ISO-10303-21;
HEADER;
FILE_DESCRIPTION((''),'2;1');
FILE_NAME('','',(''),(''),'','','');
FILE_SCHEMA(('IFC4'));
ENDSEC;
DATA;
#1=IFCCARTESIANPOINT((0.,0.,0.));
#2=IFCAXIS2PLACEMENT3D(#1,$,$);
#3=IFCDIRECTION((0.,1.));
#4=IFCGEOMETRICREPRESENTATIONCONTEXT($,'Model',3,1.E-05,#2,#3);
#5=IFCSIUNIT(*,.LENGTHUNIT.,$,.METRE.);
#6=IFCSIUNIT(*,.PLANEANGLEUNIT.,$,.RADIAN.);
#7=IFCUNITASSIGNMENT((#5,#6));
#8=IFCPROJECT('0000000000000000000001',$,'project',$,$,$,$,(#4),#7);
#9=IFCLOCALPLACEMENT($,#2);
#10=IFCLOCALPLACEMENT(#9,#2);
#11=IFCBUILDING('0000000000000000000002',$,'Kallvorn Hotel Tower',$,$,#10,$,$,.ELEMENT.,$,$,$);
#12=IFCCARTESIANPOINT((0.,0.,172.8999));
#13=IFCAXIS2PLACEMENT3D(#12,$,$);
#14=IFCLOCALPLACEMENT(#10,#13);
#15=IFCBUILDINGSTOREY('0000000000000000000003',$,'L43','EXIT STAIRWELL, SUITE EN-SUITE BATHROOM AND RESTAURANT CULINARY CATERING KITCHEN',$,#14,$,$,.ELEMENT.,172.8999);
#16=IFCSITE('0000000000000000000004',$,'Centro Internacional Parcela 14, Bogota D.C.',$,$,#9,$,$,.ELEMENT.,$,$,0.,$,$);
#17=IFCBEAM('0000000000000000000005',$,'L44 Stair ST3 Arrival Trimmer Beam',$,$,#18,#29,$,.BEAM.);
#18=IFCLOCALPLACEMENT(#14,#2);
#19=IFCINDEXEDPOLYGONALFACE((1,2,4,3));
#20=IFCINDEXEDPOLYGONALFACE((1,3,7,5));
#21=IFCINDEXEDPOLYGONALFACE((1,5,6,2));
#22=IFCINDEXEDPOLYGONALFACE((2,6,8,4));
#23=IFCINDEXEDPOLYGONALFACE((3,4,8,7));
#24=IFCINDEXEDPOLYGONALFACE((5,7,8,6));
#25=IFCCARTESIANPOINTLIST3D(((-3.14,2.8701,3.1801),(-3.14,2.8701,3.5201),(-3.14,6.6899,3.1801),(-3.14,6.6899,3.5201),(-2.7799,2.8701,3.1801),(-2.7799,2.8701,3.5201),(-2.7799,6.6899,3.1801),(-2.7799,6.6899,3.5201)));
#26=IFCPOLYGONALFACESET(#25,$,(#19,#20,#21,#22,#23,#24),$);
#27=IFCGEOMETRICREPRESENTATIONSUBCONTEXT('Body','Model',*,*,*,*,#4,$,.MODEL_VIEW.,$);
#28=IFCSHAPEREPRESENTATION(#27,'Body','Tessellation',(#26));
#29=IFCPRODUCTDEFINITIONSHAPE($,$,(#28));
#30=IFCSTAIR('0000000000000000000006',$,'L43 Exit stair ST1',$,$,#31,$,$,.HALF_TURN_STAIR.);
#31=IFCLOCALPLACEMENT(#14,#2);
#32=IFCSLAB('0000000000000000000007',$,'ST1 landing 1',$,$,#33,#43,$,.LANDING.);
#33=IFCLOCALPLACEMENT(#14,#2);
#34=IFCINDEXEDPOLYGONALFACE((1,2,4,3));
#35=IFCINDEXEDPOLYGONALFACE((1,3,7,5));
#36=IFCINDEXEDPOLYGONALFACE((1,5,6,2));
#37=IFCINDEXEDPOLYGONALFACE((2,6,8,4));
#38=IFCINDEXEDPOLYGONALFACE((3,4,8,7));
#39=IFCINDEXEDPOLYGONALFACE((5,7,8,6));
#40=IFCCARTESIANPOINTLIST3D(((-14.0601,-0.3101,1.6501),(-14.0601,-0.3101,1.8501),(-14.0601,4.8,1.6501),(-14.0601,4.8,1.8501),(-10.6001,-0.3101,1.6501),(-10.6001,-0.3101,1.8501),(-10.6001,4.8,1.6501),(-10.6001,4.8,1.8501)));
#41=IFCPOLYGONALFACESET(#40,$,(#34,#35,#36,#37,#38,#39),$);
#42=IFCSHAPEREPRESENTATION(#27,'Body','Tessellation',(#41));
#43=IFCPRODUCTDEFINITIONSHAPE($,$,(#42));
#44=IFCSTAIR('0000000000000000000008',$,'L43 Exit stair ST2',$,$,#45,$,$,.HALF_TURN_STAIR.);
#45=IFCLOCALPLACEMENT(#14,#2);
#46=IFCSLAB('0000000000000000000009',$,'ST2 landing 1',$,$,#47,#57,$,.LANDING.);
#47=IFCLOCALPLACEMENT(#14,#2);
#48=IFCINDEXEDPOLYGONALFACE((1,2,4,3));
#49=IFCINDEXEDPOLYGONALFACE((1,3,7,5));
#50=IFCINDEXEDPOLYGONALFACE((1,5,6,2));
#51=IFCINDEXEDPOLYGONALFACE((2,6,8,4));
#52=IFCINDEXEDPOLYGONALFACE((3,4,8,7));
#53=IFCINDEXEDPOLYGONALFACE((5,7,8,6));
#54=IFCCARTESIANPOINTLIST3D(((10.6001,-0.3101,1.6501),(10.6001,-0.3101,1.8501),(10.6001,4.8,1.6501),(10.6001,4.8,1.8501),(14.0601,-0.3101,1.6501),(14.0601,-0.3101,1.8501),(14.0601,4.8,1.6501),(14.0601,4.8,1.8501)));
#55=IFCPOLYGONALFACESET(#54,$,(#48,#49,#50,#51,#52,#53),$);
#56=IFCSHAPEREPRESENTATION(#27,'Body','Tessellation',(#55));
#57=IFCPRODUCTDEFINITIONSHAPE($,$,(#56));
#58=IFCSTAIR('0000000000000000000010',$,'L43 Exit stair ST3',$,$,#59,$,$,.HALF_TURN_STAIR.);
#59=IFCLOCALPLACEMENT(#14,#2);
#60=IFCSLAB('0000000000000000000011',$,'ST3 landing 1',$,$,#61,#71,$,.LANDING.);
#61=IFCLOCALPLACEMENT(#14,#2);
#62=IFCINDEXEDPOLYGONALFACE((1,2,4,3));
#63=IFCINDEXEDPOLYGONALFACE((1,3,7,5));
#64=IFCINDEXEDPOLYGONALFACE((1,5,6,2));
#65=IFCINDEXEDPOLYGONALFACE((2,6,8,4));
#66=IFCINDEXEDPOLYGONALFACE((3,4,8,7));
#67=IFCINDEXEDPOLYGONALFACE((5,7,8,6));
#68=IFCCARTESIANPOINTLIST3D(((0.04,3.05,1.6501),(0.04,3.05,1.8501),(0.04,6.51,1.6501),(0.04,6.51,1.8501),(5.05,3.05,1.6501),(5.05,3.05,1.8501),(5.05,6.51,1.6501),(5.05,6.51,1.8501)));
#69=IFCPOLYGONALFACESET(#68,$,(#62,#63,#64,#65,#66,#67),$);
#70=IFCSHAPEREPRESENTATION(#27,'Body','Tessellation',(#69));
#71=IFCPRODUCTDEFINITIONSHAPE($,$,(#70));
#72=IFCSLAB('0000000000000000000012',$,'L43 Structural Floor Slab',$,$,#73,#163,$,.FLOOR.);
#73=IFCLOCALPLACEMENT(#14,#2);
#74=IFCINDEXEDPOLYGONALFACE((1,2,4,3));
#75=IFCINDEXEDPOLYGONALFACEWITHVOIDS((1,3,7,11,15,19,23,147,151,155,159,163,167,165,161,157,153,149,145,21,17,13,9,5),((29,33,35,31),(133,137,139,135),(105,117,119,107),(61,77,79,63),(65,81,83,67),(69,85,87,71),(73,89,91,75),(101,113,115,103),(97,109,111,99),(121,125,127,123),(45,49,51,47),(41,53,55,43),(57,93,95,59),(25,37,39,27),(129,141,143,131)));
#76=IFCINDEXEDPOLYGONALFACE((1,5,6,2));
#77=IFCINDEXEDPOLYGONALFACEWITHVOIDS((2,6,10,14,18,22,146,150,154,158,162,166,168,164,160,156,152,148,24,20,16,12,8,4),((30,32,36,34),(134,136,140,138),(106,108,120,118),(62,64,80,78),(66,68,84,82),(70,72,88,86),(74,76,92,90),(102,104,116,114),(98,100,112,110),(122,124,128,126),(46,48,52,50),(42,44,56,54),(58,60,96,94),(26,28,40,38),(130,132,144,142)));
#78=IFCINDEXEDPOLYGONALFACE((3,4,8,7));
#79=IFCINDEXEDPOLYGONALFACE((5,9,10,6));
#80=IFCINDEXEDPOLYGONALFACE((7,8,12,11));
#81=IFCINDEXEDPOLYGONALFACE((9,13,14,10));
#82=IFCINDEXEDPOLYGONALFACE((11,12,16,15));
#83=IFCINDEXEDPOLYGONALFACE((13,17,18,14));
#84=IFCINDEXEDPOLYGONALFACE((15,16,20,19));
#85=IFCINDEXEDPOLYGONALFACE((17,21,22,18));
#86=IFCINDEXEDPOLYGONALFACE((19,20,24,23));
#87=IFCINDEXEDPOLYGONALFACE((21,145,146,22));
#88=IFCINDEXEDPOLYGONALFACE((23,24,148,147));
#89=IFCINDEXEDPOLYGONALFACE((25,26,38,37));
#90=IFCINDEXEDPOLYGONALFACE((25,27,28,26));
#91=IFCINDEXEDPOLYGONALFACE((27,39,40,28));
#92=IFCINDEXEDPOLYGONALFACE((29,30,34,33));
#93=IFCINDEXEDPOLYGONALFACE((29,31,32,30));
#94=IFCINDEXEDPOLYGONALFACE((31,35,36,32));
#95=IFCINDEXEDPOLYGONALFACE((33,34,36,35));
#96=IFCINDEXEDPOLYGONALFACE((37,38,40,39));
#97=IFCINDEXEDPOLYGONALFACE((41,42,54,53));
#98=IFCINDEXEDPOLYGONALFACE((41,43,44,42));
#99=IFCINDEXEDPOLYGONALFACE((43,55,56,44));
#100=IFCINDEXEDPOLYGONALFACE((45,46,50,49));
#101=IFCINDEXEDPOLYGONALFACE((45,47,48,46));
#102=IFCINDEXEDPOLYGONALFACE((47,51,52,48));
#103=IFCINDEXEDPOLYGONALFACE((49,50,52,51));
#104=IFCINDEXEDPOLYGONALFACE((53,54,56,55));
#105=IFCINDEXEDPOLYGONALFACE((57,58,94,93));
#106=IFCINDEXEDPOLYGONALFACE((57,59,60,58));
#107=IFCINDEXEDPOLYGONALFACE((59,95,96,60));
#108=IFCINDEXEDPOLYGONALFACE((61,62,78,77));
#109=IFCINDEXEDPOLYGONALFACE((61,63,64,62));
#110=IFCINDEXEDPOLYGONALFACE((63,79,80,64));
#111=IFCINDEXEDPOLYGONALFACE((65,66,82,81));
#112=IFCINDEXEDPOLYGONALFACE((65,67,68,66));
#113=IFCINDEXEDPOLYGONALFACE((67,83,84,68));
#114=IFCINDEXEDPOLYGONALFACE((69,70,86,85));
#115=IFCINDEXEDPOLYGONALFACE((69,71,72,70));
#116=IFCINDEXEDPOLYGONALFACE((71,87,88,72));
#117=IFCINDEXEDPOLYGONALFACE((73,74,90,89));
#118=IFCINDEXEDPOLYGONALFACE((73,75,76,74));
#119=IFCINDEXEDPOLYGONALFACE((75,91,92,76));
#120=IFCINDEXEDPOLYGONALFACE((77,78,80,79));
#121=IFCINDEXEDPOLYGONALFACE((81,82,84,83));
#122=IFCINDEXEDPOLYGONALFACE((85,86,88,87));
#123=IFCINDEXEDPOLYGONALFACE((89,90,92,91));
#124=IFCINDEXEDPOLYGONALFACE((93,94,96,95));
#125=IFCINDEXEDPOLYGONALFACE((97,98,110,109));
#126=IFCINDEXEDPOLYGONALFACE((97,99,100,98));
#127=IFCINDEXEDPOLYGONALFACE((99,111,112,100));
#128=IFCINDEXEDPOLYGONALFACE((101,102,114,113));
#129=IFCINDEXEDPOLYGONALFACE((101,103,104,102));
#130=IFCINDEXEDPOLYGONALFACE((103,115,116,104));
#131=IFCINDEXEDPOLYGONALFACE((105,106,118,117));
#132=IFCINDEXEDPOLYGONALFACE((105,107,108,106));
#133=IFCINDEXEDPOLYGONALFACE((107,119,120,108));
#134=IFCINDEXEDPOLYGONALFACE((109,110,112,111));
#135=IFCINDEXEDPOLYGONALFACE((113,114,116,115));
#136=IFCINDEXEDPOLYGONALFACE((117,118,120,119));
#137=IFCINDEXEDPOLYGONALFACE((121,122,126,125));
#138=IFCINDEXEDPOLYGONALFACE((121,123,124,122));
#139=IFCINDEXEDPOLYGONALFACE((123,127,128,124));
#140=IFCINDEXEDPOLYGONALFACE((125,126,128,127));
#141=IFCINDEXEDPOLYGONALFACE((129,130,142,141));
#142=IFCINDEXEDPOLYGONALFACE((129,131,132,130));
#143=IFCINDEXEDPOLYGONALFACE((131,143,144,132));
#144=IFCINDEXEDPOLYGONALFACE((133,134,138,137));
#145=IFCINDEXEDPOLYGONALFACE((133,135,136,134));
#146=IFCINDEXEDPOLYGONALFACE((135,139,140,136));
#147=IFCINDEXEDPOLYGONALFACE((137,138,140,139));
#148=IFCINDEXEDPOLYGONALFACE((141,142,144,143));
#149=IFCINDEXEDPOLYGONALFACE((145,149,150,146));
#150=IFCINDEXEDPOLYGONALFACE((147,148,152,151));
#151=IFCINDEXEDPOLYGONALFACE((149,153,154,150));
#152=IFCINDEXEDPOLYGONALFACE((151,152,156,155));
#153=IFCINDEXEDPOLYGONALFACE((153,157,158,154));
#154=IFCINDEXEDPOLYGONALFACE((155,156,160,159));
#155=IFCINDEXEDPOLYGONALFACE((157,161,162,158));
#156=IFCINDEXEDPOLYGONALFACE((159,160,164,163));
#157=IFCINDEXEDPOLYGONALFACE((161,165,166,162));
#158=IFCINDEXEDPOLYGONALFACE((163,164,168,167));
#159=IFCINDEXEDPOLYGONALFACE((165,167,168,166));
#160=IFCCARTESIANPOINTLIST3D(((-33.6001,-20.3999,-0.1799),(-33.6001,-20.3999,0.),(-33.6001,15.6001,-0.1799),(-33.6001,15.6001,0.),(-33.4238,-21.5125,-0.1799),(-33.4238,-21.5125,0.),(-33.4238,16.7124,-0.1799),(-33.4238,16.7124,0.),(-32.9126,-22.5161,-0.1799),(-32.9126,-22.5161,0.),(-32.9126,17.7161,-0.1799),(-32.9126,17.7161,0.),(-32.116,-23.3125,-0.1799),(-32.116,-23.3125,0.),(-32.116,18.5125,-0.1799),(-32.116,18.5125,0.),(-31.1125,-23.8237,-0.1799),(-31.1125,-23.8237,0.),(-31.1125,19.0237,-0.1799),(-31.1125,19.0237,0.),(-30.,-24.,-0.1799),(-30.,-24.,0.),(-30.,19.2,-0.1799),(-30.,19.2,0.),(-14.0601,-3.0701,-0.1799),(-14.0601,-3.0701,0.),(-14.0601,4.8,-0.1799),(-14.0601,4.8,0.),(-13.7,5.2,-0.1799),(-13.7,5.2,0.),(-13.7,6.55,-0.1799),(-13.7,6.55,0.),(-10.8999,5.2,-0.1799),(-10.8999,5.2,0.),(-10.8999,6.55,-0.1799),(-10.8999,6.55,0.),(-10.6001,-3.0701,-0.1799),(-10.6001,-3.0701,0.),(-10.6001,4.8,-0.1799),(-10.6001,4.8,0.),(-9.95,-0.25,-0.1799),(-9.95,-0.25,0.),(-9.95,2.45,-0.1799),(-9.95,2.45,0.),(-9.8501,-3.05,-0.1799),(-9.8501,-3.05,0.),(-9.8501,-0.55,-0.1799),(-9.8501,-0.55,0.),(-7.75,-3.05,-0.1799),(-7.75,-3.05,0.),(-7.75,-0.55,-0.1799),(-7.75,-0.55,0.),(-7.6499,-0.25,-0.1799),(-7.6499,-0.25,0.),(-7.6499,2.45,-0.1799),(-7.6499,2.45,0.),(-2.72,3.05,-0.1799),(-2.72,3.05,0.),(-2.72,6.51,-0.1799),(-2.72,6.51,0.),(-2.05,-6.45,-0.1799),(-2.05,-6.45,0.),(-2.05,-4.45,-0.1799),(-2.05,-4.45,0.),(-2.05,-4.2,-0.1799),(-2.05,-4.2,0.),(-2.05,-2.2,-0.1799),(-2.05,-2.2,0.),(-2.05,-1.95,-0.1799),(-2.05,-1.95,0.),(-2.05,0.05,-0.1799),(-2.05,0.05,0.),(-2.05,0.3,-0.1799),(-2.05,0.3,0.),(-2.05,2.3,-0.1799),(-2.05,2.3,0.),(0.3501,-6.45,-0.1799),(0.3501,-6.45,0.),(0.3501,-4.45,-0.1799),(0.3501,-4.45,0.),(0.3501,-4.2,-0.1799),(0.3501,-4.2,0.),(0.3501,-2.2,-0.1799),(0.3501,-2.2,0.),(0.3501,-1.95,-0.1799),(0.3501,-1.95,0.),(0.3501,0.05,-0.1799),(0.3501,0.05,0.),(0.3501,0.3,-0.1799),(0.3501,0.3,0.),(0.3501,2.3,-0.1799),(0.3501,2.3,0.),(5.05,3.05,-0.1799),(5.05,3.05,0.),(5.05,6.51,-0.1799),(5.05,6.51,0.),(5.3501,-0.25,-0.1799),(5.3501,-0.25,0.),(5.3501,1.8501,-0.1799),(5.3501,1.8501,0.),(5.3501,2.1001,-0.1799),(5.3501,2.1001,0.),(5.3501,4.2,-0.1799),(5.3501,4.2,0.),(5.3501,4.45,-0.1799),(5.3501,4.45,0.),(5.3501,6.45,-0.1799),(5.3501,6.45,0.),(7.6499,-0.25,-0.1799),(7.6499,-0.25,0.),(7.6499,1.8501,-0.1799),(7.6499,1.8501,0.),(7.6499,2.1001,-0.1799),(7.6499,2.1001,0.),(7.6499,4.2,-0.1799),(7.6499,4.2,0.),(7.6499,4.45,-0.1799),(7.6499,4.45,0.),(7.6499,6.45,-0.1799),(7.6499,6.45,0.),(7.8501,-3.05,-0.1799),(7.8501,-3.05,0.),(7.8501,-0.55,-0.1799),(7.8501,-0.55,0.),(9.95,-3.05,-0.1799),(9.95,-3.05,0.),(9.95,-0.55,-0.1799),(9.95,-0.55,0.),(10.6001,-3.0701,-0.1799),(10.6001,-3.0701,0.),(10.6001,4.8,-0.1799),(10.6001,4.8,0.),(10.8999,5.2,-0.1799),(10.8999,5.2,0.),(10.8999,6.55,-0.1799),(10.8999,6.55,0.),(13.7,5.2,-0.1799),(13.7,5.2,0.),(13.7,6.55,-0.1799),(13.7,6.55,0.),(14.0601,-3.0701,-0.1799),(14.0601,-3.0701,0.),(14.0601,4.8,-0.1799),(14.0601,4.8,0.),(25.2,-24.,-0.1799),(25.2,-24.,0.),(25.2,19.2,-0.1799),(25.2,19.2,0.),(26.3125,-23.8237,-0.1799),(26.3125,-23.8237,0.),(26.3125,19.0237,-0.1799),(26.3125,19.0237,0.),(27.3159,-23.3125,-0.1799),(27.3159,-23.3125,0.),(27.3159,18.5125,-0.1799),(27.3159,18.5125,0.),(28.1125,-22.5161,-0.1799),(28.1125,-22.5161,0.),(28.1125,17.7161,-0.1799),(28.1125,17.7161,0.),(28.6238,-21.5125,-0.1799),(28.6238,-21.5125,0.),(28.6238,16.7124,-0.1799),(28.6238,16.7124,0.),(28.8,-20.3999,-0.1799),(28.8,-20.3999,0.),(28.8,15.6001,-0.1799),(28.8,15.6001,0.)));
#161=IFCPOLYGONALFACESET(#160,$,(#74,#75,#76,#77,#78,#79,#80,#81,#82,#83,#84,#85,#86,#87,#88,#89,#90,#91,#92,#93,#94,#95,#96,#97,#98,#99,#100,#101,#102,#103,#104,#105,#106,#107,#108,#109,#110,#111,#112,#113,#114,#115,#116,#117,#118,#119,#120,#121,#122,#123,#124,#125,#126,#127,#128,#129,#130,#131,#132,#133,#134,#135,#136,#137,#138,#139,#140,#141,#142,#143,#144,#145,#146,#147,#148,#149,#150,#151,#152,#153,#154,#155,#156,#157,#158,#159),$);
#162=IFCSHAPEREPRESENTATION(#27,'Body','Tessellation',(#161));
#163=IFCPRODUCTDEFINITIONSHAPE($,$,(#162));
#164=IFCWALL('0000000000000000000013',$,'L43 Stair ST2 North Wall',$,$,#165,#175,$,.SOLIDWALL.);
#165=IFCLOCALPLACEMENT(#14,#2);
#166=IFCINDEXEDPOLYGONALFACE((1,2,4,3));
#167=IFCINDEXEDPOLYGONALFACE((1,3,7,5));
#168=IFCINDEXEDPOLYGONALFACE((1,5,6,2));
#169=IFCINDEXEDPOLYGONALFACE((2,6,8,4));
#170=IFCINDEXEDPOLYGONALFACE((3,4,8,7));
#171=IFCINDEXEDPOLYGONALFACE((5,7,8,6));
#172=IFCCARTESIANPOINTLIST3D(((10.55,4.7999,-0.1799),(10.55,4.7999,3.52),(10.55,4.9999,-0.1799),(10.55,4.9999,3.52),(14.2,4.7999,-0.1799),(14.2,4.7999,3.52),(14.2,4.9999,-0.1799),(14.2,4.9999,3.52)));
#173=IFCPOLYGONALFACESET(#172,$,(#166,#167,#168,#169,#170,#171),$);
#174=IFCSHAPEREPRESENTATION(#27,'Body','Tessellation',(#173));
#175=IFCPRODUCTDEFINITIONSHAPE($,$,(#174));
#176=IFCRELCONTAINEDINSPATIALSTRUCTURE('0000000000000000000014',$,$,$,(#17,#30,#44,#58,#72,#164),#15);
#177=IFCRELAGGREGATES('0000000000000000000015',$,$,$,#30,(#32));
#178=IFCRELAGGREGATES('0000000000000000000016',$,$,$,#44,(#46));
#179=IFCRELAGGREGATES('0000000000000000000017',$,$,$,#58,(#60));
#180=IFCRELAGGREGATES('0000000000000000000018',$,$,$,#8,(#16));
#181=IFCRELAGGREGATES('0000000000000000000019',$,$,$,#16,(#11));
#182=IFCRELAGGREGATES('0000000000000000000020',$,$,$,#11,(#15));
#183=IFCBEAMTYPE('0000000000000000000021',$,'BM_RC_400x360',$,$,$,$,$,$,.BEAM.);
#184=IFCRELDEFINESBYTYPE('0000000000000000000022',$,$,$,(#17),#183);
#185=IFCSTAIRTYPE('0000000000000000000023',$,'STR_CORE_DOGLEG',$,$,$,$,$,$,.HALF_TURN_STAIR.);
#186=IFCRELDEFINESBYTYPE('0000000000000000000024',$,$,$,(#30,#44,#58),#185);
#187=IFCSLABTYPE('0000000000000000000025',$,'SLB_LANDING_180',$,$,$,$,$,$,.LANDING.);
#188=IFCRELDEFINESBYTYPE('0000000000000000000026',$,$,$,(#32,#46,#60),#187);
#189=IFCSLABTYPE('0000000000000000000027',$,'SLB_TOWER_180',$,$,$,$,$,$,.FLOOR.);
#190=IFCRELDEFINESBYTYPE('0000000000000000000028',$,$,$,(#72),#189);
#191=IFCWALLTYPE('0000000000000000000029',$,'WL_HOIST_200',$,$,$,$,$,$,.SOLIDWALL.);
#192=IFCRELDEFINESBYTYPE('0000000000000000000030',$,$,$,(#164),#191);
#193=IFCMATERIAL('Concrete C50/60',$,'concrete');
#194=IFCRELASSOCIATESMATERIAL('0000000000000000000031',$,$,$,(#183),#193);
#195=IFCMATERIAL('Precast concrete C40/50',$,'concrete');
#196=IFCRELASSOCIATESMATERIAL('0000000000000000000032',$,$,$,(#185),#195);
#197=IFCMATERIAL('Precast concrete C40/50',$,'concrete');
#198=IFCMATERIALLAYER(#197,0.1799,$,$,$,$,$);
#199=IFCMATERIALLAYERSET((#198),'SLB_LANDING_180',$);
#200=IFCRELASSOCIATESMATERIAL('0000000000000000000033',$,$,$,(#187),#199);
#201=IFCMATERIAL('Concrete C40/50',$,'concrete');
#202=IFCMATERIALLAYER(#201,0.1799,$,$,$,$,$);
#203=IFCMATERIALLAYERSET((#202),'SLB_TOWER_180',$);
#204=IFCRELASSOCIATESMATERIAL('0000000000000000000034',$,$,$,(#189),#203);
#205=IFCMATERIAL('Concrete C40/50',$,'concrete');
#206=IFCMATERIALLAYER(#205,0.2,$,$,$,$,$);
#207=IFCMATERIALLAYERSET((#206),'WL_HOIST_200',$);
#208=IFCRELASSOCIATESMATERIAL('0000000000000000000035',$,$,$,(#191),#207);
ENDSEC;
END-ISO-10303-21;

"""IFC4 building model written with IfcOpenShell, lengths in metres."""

from ifc_helpers import new_model, si_unit, direction, frame, frame_2d, origin, origin_2d, place, context, subcontext, project, spatial, polyline, rectangle, outline, extrude, material, layer, layer_set, material_profile, profile_set, type_object, element, aggregate, save


model = new_model("IFC4")

# Units and contexts
model_context = context("Model", 3, precision=1e-05, world=origin(), true_north=direction((0.0, 1.0)))
body_context = subcontext(model_context, "Body", "Model", "MODEL_VIEW")
ifc_project = project(units=[si_unit("LENGTHUNIT", "METRE"), si_unit("PLANEANGLEUNIT", "RADIAN")], contexts=[model_context])

# Site, building, storey
site_placement = place(None, origin())
site = spatial("IfcSite", under=ifc_project, at=site_placement, Name="Centro Internacional Parcela 14, Bogota D.C.", CompositionType="ELEMENT", RefElevation=0.0)
building_placement = place(site_placement, origin())
building = spatial("IfcBuilding", under=site, at=building_placement, Name="Kallvorn Hotel Tower", CompositionType="ELEMENT")
storey_placement = place(building_placement, frame((0.0, 0.0, 172.8999)))
storey = spatial("IfcBuildingStorey", under=building, at=storey_placement, Name="L43", Description="EXIT STAIRWELL, SUITE EN-SUITE BATHROOM AND RESTAURANT CULINARY CATERING KITCHEN", CompositionType="ELEMENT", Elevation=172.8999)

# Beam
ifc_material_1 = material(Name="Concrete C50/60", Category="concrete")
ifc_material_profile = material_profile(ifc_material_1, rectangle(XDim=0.3601, YDim=0.3401, at=origin_2d()), Name="RC 360x340")
ifc_profile_set = profile_set([ifc_material_profile], Name="Concrete C50/60")
beam_type = type_object("IfcBeamType", Name="BM_RC_400x360", PredefinedType="BEAM", material=ifc_profile_set)
beam_placement = place(storey_placement, frame((-2.96, 2.8701, 3.3501), z_axis=(0.0, 1.0, 0.0), x_axis=(-1.0, 0.0, 0.0)))
element("IfcBeam", 1, at=beam_placement, inside=storey, type_object=beam_type, Name="L44 Stair ST3 Arrival Trimmer Beam", PredefinedType="BEAM", context=body_context, shape_type="SweptSolid", body=[
    extrude(rectangle(XDim=0.3601, YDim=0.3401, at=origin_2d()), origin(), (0.0, 0.0, 1.0), 3.8198),
])

# Stairs, slabs
ifc_material_2 = material(Name="Precast concrete C40/50", Category="concrete")
stair_type = type_object("IfcStairType", Name="STR_CORE_DOGLEG", PredefinedType="HALF_TURN_STAIR", material=ifc_material_2)
stair_1_placement = place(storey_placement, origin())
stair_1 = element("IfcStair", 2, at=stair_1_placement, inside=storey, type_object=stair_type, Name="L43 Exit stair ST1", PredefinedType="HALF_TURN_STAIR")
ifc_material_3 = material(Name="Precast concrete C40/50", Category="concrete")
ifc_layer_1 = layer(ifc_material_3, 0.1799)
ifc_layer_set_1 = layer_set([ifc_layer_1], Name="SLB_LANDING_180")
slab_type_1 = type_object("IfcSlabType", Name="SLB_LANDING_180", PredefinedType="LANDING", material=ifc_layer_set_1)
slab_1_placement = place(storey_placement, frame((0.0, 0.0, 1.6501)))
slab_1 = element("IfcSlab", 3, at=slab_1_placement, type_object=slab_type_1, Name="ST1 landing 1", PredefinedType="LANDING", context=body_context, shape_type="SweptSolid", body=[
    extrude(outline(polyline([(-10.6001, -0.3101), (-10.6001, 4.8), (-14.0601, 4.8), (-14.0601, -0.3101), (-10.6001, -0.3101)])), origin(), (0.0, 0.0, 1.0), 0.2),
])
aggregate(stair_1, [slab_1])
stair_2_placement = place(storey_placement, origin())
stair_2 = element("IfcStair", 4, at=stair_2_placement, inside=storey, type_object=stair_type, Name="L43 Exit stair ST2", PredefinedType="HALF_TURN_STAIR")
slab_2_placement = place(storey_placement, frame((0.0, 0.0, 1.6501)))
slab_2 = element("IfcSlab", 5, at=slab_2_placement, type_object=slab_type_1, Name="ST2 landing 1", PredefinedType="LANDING", context=body_context, shape_type="SweptSolid", body=[
    extrude(outline(polyline([(14.0601, -0.3101), (14.0601, 4.8), (10.6001, 4.8), (10.6001, -0.3101), (14.0601, -0.3101)])), origin(), (0.0, 0.0, 1.0), 0.2),
])
aggregate(stair_2, [slab_2])
stair_3_placement = place(storey_placement, origin())
stair_3 = element("IfcStair", 6, at=stair_3_placement, inside=storey, type_object=stair_type, Name="L43 Exit stair ST3", PredefinedType="HALF_TURN_STAIR")
slab_3_placement = place(storey_placement, frame((0.0, 0.0, 1.6501)))
slab_3 = element("IfcSlab", 7, at=slab_3_placement, type_object=slab_type_1, Name="ST3 landing 1", PredefinedType="LANDING", context=body_context, shape_type="SweptSolid", body=[
    extrude(outline(polyline([(0.04, 3.05), (5.05, 3.05), (5.05, 6.51), (0.04, 6.51), (0.04, 3.05)])), origin(), (0.0, 0.0, 1.0), 0.2),
])

# Slab
ifc_material_4 = material(Name="Concrete C40/50", Category="concrete")
ifc_layer_2 = layer(ifc_material_4, 0.1799)
ifc_layer_set_2 = layer_set([ifc_layer_2], Name="SLB_TOWER_180")
slab_type_2 = type_object("IfcSlabType", Name="SLB_TOWER_180", PredefinedType="FLOOR", material=ifc_layer_set_2)
slab_4_placement = place(storey_placement, frame((0.0, 0.0, -0.1799)))
element("IfcSlab", 8, at=slab_4_placement, inside=storey, type_object=slab_type_2, Name="L43 Structural Floor Slab", PredefinedType="FLOOR", context=body_context, shape_type="SweptSolid", body=[
    extrude(outline(polyline([(25.2, -24.0), (26.3125, -23.8237), (27.3159, -23.3125), (28.1125, -22.5161), (28.6238, -21.5125), (28.8, -20.3999), (28.8, 15.6001), (28.6238, 16.7124), (28.1125, 17.7161), (27.3159, 18.5125), (26.3125, 19.0237), (25.2, 19.2), (-30.0, 19.2), (-31.1125, 19.0237), (-32.116, 18.5125), (-32.9126, 17.7161), (-33.4238, 16.7124), (-33.6001, 15.6001), (-33.6001, -20.3999), (-33.4238, -21.5125), (-32.9126, -22.5161), (-32.116, -23.3125), (-31.1125, -23.8237), (-30.0, -24.0), (25.2, -24.0)]), holes=[polyline([(-10.6001, -3.0701), (-10.6001, 4.8), (-14.0601, 4.8), (-14.0601, -3.0701), (-10.6001, -3.0701)]), polyline([(14.0601, -3.0701), (14.0601, 4.8), (10.6001, 4.8), (10.6001, -3.0701), (14.0601, -3.0701)]), polyline([(-2.72, 3.05), (5.05, 3.05), (5.05, 6.51), (-2.72, 6.51), (-2.72, 3.05)]), polyline([(-2.05, -6.45), (0.3501, -6.45), (0.3501, -4.45), (-2.05, -4.45), (-2.05, -6.45)]), polyline([(-2.05, -4.2), (0.3501, -4.2), (0.3501, -2.2), (-2.05, -2.2), (-2.05, -4.2)]), polyline([(-2.05, -1.95), (0.3501, -1.95), (0.3501, 0.05), (-2.05, 0.05), (-2.05, -1.95)]), polyline([(-2.05, 0.3), (0.3501, 0.3), (0.3501, 2.3), (-2.05, 2.3), (-2.05, 0.3)]), polyline([(5.3501, -0.25), (7.6499, -0.25), (7.6499, 1.8501), (5.3501, 1.8501), (5.3501, -0.25)]), polyline([(5.3501, 2.1001), (7.6499, 2.1001), (7.6499, 4.2), (5.3501, 4.2), (5.3501, 2.1001)]), polyline([(5.3501, 4.45), (7.6499, 4.45), (7.6499, 6.45), (5.3501, 6.45), (5.3501, 4.45)]), polyline([(-9.8501, -3.05), (-7.75, -3.05), (-7.75, -0.55), (-9.8501, -0.55), (-9.8501, -3.05)]), polyline([(7.8501, -3.05), (9.95, -3.05), (9.95, -0.55), (7.8501, -0.55), (7.8501, -3.05)]), polyline([(-9.95, -0.25), (-7.6499, -0.25), (-7.6499, 2.45), (-9.95, 2.45), (-9.95, -0.25)]), polyline([(-13.7, 5.2), (-10.8999, 5.2), (-10.8999, 6.55), (-13.7, 6.55), (-13.7, 5.2)]), polyline([(10.8999, 5.2), (13.7, 5.2), (13.7, 6.55), (10.8999, 6.55), (10.8999, 5.2)])]), origin(), (0.0, 0.0, 1.0), 0.1799),
])

# Wall
ifc_material_5 = material(Name="Concrete C40/50", Category="concrete")
ifc_layer_3 = layer(ifc_material_5, 0.2)
ifc_layer_set_3 = layer_set([ifc_layer_3], Name="WL_HOIST_200")
wall_type_1 = type_object("IfcWallType", Name="WL_HOIST_200", PredefinedType="SOLIDWALL", material=ifc_layer_set_3)
wall_1_placement = place(storey_placement, frame((10.55, 4.8999, -0.1799), z_axis=(0.0, 0.0, 1.0), x_axis=(1.0, 0.0, 0.0)))
element("IfcWall", 9, at=wall_1_placement, inside=storey, type_object=wall_type_1, Name="L43 Stair ST2 North Wall", PredefinedType="SOLIDWALL", context=body_context, shape_type="SweptSolid", body=[
    extrude(rectangle(XDim=3.6499, YDim=0.2, at=frame_2d((1.825, 0.0))), origin(), (0.0, 0.0, 1.0), 3.7),
])

aggregate(stair_3, [slab_3])

save(model, "model.ifc")
